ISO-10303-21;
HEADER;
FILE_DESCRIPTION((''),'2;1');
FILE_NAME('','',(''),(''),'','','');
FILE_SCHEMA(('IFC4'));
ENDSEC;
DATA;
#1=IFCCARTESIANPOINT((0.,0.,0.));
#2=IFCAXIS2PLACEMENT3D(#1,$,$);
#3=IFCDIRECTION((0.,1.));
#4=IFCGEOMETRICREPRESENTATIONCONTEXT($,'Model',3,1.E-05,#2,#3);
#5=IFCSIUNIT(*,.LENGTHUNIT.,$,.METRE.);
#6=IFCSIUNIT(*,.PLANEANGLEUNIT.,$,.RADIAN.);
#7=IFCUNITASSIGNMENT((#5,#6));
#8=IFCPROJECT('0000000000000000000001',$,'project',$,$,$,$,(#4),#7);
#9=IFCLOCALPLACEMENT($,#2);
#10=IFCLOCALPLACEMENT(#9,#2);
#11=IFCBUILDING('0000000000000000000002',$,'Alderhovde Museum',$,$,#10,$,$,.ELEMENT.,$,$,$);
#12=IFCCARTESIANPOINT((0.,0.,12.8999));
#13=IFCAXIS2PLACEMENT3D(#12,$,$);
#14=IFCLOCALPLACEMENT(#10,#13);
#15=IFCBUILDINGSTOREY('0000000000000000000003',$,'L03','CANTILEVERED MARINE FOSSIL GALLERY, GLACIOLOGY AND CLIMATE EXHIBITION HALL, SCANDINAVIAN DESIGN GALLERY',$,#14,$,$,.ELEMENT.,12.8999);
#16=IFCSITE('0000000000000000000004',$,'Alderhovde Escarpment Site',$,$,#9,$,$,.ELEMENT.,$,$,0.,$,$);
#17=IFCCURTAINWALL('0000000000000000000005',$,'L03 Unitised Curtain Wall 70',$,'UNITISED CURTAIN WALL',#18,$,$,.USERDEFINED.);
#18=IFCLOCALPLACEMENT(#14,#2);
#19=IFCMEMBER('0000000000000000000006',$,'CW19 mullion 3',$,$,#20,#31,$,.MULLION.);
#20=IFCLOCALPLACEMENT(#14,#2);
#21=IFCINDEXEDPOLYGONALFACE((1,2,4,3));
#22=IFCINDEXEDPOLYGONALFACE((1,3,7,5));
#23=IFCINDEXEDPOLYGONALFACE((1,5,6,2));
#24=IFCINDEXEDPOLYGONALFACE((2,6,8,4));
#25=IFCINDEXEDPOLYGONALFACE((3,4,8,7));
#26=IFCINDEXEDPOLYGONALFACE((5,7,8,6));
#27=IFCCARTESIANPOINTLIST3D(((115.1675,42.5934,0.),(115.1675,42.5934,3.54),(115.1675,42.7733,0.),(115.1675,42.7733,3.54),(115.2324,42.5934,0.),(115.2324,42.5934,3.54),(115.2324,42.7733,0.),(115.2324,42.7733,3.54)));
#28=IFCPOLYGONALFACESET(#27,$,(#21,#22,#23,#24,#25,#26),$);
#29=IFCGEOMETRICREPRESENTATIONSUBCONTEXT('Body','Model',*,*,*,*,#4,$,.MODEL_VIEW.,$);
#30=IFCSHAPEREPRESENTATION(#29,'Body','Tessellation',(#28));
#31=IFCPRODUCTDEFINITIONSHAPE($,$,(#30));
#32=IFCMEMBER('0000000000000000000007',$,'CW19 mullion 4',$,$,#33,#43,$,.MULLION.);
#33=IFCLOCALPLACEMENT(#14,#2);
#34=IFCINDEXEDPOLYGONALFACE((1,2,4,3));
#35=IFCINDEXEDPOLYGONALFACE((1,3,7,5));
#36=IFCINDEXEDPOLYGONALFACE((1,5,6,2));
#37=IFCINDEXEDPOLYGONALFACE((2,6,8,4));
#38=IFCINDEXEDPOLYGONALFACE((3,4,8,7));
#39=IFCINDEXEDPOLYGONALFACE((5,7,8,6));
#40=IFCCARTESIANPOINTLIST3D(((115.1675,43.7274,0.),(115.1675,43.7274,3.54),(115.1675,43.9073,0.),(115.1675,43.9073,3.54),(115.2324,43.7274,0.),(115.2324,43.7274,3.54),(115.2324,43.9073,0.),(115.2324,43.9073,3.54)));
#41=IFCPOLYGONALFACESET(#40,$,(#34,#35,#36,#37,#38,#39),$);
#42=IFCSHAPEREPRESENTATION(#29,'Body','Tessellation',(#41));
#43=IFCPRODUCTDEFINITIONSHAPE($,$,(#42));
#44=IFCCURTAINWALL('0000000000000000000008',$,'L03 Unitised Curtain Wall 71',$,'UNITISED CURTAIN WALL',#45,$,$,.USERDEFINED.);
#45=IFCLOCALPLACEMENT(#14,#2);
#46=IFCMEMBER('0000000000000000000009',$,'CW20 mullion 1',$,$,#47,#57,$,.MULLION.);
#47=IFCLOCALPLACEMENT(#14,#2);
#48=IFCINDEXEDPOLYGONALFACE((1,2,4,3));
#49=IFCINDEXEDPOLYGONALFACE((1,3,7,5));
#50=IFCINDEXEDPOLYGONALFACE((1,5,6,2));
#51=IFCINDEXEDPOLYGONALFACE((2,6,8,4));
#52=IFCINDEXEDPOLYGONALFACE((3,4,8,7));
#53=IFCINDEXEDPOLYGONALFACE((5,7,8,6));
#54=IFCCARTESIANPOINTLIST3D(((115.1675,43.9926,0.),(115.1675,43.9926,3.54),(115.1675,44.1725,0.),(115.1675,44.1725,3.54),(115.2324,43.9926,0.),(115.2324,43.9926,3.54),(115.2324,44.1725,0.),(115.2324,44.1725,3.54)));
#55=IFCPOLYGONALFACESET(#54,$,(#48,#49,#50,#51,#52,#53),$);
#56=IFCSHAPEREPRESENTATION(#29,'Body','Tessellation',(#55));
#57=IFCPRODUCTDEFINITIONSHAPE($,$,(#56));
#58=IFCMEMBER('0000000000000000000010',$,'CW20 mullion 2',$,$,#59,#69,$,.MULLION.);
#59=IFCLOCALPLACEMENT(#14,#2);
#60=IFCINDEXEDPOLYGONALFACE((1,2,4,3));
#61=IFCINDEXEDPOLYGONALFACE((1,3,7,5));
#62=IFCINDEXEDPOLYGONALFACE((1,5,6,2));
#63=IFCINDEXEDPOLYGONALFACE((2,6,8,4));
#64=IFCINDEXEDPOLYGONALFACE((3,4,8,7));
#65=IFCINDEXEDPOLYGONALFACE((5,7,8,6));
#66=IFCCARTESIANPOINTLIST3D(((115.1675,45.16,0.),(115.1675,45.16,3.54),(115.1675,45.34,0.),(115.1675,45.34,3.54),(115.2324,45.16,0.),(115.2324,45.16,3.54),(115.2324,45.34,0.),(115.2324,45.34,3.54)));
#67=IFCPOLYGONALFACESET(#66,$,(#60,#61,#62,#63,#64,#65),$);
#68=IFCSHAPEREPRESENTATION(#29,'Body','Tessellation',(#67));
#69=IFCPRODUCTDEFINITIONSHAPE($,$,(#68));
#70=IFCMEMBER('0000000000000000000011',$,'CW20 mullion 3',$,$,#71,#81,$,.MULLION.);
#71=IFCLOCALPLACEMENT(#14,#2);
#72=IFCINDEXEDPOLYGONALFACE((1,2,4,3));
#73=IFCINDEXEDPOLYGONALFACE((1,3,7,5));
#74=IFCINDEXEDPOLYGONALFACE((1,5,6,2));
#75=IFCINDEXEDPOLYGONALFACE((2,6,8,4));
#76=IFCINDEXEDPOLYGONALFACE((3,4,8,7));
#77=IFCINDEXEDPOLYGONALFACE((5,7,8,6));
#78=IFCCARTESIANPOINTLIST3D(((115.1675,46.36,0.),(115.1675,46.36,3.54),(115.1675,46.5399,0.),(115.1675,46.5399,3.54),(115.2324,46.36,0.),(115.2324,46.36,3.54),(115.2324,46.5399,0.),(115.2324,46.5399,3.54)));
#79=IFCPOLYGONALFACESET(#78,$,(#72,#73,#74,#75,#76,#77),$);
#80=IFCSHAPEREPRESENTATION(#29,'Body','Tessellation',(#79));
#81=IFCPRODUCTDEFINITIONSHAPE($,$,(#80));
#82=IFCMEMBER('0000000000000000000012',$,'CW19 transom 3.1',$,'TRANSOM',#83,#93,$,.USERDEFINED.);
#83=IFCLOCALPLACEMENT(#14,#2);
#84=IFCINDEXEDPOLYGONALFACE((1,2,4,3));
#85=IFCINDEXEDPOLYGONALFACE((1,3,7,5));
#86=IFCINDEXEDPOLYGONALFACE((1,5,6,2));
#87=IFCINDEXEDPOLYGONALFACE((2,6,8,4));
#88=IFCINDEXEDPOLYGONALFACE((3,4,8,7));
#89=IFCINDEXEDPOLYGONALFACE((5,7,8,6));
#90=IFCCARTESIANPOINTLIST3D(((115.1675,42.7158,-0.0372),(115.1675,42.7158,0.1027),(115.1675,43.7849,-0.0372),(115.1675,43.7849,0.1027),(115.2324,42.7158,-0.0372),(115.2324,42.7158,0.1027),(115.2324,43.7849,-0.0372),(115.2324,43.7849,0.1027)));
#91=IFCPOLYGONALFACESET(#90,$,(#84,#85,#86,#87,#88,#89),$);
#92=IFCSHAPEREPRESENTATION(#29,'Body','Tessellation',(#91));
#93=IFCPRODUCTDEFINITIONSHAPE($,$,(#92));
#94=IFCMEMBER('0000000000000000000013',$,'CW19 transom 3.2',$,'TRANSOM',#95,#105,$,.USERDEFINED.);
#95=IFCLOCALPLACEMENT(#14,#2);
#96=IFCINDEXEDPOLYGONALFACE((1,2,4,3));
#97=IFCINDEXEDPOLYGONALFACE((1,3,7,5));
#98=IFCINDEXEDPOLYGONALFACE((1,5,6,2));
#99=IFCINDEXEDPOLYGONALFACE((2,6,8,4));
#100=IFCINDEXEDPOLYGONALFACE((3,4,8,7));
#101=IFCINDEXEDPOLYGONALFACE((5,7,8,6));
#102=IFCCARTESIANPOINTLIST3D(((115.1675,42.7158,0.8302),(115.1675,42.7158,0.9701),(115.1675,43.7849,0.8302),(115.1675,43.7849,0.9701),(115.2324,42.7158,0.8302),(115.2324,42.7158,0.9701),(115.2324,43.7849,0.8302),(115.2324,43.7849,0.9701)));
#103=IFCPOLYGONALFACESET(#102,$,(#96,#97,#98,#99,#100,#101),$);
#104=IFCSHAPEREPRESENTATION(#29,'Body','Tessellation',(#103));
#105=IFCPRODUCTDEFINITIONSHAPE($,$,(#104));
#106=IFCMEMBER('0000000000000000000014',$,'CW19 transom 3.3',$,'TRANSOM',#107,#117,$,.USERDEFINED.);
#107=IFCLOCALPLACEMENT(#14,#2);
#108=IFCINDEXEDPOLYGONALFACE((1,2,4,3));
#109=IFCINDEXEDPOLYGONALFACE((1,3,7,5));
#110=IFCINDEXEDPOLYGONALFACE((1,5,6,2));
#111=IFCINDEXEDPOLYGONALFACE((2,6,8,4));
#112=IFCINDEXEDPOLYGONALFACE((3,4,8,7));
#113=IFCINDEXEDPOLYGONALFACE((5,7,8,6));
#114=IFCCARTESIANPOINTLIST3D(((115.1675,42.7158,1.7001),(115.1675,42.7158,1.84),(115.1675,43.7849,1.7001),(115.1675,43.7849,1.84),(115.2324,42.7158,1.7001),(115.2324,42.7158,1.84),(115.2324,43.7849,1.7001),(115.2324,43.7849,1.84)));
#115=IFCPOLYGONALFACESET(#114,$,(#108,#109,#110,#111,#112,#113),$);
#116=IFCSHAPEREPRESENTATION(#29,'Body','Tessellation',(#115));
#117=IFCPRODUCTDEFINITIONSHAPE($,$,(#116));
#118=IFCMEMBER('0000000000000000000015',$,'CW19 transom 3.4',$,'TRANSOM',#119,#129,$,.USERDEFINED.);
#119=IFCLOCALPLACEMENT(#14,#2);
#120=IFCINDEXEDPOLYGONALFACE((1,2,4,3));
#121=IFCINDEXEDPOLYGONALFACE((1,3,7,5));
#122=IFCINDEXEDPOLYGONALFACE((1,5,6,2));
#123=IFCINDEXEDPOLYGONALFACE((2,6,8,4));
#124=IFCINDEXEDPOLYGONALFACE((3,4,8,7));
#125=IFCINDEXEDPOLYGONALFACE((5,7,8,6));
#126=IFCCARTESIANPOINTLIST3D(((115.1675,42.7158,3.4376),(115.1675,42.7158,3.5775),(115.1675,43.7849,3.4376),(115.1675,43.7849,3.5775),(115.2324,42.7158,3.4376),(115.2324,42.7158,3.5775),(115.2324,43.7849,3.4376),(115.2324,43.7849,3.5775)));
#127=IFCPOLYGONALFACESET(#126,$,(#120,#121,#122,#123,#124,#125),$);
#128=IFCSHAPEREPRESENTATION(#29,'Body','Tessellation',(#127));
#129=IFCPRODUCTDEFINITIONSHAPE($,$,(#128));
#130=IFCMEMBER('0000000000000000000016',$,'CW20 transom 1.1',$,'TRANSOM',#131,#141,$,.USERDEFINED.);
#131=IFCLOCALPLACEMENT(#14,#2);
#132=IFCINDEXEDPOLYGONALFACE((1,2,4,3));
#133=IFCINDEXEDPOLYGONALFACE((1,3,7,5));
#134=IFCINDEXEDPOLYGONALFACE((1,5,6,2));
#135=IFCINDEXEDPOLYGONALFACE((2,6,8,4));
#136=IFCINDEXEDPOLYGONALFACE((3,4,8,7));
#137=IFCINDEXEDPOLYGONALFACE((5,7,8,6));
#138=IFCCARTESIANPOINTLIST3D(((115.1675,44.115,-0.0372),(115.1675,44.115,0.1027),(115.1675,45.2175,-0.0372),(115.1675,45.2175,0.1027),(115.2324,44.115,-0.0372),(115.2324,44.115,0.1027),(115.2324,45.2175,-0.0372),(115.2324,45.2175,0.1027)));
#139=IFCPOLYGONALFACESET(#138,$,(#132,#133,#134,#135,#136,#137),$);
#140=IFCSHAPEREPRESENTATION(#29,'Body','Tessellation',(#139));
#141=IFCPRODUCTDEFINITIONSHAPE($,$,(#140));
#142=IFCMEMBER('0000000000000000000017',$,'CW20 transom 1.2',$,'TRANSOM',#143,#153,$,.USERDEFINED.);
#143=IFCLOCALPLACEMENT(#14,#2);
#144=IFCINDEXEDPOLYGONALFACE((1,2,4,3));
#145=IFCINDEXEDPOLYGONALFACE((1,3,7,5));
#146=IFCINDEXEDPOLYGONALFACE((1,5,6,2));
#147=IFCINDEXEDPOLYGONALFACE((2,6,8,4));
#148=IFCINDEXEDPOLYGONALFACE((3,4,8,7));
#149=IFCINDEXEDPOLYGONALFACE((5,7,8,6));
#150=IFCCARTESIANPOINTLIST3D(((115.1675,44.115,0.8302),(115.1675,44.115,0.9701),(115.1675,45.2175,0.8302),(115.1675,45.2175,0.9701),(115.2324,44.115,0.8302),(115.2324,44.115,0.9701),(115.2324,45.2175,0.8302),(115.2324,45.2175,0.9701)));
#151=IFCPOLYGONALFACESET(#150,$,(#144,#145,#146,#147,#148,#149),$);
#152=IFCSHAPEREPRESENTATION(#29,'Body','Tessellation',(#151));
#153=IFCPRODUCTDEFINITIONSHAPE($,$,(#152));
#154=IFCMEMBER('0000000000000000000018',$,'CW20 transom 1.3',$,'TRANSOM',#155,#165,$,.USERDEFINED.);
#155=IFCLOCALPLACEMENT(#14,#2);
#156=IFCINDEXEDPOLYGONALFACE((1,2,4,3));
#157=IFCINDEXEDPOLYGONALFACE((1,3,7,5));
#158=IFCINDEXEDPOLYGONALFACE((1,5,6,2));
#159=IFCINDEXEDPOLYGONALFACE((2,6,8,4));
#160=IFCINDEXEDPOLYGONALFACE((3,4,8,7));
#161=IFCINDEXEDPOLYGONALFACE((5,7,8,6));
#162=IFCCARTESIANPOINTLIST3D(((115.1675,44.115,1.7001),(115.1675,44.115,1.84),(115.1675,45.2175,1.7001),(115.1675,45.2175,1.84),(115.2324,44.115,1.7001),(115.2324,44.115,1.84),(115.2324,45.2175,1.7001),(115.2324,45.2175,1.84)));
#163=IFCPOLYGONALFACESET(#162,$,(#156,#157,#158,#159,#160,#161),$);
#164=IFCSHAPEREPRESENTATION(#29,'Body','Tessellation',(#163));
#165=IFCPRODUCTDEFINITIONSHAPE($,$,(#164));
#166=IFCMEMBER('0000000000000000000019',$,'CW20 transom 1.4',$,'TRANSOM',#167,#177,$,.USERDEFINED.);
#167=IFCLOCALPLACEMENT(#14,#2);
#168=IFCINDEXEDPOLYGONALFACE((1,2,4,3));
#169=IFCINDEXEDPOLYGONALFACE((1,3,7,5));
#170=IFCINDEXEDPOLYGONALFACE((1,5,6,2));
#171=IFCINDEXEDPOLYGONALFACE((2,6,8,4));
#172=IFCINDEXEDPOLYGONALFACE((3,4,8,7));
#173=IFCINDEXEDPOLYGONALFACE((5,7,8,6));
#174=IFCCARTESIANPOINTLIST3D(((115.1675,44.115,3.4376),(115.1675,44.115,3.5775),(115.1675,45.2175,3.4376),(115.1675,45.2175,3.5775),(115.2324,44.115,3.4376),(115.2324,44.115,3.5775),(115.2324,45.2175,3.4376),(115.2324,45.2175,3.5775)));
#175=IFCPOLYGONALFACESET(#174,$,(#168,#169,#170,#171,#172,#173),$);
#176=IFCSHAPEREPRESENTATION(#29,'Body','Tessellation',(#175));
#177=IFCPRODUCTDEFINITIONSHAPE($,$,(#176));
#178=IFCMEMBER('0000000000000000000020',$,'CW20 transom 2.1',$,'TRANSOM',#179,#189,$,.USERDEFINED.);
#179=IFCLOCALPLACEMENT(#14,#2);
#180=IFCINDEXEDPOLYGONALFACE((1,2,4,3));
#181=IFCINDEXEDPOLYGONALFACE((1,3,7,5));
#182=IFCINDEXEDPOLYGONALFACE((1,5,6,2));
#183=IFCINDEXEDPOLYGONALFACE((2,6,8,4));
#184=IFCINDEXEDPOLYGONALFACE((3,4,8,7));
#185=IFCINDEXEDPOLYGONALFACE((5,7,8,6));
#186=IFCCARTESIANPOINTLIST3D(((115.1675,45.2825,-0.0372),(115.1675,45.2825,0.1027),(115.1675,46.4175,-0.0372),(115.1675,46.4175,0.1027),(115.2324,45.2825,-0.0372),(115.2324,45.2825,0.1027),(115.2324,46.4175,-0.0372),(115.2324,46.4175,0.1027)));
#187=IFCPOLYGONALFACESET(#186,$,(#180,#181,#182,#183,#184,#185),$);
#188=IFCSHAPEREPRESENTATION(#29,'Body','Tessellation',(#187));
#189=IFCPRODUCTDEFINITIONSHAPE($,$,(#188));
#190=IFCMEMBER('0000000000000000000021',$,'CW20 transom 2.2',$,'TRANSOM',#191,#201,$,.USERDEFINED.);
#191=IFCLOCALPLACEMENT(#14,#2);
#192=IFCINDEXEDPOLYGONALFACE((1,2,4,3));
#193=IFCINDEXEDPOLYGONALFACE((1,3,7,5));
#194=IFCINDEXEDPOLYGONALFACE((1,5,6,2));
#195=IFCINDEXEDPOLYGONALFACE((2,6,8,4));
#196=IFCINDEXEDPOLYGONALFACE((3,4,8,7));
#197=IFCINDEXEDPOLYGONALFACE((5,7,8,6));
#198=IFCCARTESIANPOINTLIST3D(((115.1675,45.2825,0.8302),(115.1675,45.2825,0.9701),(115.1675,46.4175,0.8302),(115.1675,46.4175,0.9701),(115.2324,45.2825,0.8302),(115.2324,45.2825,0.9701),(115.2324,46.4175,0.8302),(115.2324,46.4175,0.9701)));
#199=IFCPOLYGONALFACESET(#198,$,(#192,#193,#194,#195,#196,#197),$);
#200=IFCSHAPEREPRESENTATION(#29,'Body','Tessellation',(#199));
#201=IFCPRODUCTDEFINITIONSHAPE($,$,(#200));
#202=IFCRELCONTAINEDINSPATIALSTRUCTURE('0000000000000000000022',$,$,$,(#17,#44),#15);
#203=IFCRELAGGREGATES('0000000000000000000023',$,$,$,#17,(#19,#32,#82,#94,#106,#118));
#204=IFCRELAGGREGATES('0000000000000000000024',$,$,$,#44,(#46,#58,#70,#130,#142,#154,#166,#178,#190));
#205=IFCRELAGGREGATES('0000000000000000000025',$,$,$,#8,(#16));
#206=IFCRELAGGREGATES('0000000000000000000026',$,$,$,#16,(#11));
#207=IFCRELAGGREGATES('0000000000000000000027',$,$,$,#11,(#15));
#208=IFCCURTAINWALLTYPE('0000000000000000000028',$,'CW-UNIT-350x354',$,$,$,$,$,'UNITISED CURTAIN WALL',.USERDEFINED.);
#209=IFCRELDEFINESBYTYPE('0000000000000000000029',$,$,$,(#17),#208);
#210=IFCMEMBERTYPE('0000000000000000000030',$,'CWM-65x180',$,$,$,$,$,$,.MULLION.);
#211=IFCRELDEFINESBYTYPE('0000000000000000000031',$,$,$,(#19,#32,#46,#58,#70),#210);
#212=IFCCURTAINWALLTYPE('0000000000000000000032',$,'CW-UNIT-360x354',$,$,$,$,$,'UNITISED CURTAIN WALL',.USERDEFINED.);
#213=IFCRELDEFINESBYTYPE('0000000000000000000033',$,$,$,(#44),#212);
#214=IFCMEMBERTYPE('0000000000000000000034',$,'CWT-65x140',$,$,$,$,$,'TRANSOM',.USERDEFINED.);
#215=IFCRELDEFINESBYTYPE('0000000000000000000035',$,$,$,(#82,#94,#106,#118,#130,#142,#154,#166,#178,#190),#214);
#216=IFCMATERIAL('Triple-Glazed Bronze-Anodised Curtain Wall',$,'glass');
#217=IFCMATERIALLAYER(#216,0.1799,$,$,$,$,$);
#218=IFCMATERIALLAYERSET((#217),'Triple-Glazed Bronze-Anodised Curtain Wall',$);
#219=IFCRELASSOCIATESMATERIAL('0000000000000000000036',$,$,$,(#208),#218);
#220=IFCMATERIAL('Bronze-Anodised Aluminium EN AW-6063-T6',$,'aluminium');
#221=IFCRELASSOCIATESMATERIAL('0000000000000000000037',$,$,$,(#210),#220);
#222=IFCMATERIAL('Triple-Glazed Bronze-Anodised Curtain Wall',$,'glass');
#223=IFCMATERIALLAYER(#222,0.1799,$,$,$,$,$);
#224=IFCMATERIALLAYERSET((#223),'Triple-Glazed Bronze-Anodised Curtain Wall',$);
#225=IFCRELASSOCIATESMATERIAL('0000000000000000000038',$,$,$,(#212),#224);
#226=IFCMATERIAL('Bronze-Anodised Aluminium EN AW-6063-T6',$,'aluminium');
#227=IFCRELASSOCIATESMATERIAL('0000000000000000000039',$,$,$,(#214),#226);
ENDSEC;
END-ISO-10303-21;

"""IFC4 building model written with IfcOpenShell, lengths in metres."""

from ifc_helpers import new_model, si_unit, direction, frame, origin, origin_2d, place, context, subcontext, project, spatial, rectangle, extrude, material, layer, layer_set, material_profile, profile_set, type_object, element, aggregate, save


model = new_model("IFC4")

# Units and contexts
model_context = context("Model", 3, precision=1e-05, world=origin(), true_north=direction((0.0, 1.0)))
body_context = subcontext(model_context, "Body", "Model", "MODEL_VIEW")
ifc_project = project(units=[si_unit("LENGTHUNIT", "METRE"), si_unit("PLANEANGLEUNIT", "RADIAN")], contexts=[model_context])

# Site, building, storey
site_placement = place(None, origin())
site = spatial("IfcSite", under=ifc_project, at=site_placement, Name="Alderhovde Escarpment Site", CompositionType="ELEMENT", RefElevation=0.0)
building_placement = place(site_placement, origin())
building = spatial("IfcBuilding", under=site, at=building_placement, Name="Alderhovde Museum", CompositionType="ELEMENT")
storey_placement = place(building_placement, frame((0.0, 0.0, 12.8999)))
storey = spatial("IfcBuildingStorey", under=building, at=storey_placement, Name="L03", Description="CANTILEVERED MARINE FOSSIL GALLERY, GLACIOLOGY AND CLIMATE EXHIBITION HALL, SCANDINAVIAN DESIGN GALLERY", CompositionType="ELEMENT", Elevation=12.8999)

# Curtain walls, members
ifc_material_1 = material(Name="Triple-Glazed Bronze-Anodised Curtain Wall", Category="glass")
ifc_layer_1 = layer(ifc_material_1, 0.1799)
ifc_layer_set_1 = layer_set([ifc_layer_1], Name="Triple-Glazed Bronze-Anodised Curtain Wall")
curtain_wall_type_1 = type_object("IfcCurtainWallType", Name="CW-UNIT-350x354", ElementType="UNITISED CURTAIN WALL", PredefinedType="USERDEFINED", material=ifc_layer_set_1)
curtain_wall_1_placement = place(storey_placement, origin())
curtain_wall_1 = element("IfcCurtainWall", 1, at=curtain_wall_1_placement, inside=storey, type_object=curtain_wall_type_1, Name="L03 Unitised Curtain Wall 70", ObjectType="UNITISED CURTAIN WALL", PredefinedType="USERDEFINED")
ifc_material_2 = material(Name="Bronze-Anodised Aluminium EN AW-6063-T6", Category="aluminium")
ifc_material_profile_1 = material_profile(ifc_material_2, rectangle(XDim=0.0649, YDim=0.1799, at=origin_2d()), Name="MULLION 65x180")
ifc_profile_set_1 = profile_set([ifc_material_profile_1], Name="Bronze-Anodised Aluminium EN AW-6063-T6")
member_type_1 = type_object("IfcMemberType", Name="CWM-65x180", PredefinedType="MULLION", material=ifc_profile_set_1)
member_1_placement = place(storey_placement, frame((115.2, 42.6833, 0.0), z_axis=(0.0, 0.0, 1.0), x_axis=(-1.0, 0.0, 0.0)))
member_1 = element("IfcMember", 2, at=member_1_placement, type_object=member_type_1, Name="CW19 mullion 3", PredefinedType="MULLION", context=body_context, shape_type="SweptSolid", body=[
    extrude(rectangle(XDim=0.0649, YDim=0.1799, at=origin_2d()), origin(), (0.0, 0.0, 1.0), 3.54),
])
member_2_placement = place(storey_placement, frame((115.2, 43.8174, 0.0), z_axis=(0.0, 0.0, 1.0), x_axis=(-1.0, 0.0, 0.0)))
member_2 = element("IfcMember", 3, at=member_2_placement, type_object=member_type_1, Name="CW19 mullion 4", PredefinedType="MULLION", context=body_context, shape_type="SweptSolid", body=[
    extrude(rectangle(XDim=0.0649, YDim=0.1799, at=origin_2d()), origin(), (0.0, 0.0, 1.0), 3.54),
])
ifc_material_3 = material(Name="Triple-Glazed Bronze-Anodised Curtain Wall", Category="glass")
ifc_layer_2 = layer(ifc_material_3, 0.1799)
ifc_layer_set_2 = layer_set([ifc_layer_2], Name="Triple-Glazed Bronze-Anodised Curtain Wall")
curtain_wall_type_2 = type_object("IfcCurtainWallType", Name="CW-UNIT-360x354", ElementType="UNITISED CURTAIN WALL", PredefinedType="USERDEFINED", material=ifc_layer_set_2)
curtain_wall_2_placement = place(storey_placement, origin())
curtain_wall_2 = element("IfcCurtainWall", 4, at=curtain_wall_2_placement, inside=storey, type_object=curtain_wall_type_2, Name="L03 Unitised Curtain Wall 71", ObjectType="UNITISED CURTAIN WALL", PredefinedType="USERDEFINED")
member_3_placement = place(storey_placement, frame((115.2, 44.0825, 0.0), z_axis=(0.0, 0.0, 1.0), x_axis=(-1.0, 0.0, 0.0)))
member_3 = element("IfcMember", 5, at=member_3_placement, type_object=member_type_1, Name="CW20 mullion 1", PredefinedType="MULLION", context=body_context, shape_type="SweptSolid", body=[
    extrude(rectangle(XDim=0.0649, YDim=0.1799, at=origin_2d()), origin(), (0.0, 0.0, 1.0), 3.54),
])
member_4_placement = place(storey_placement, frame((115.2, 45.25, 0.0), z_axis=(0.0, 0.0, 1.0), x_axis=(-1.0, 0.0, 0.0)))
member_4 = element("IfcMember", 6, at=member_4_placement, type_object=member_type_1, Name="CW20 mullion 2", PredefinedType="MULLION", context=body_context, shape_type="SweptSolid", body=[
    extrude(rectangle(XDim=0.0649, YDim=0.1799, at=origin_2d()), origin(), (0.0, 0.0, 1.0), 3.54),
])
member_5_placement = place(storey_placement, frame((115.2, 46.45, 0.0), z_axis=(0.0, 0.0, 1.0), x_axis=(-1.0, 0.0, 0.0)))
member_5 = element("IfcMember", 7, at=member_5_placement, type_object=member_type_1, Name="CW20 mullion 3", PredefinedType="MULLION", context=body_context, shape_type="SweptSolid", body=[
    extrude(rectangle(XDim=0.0649, YDim=0.1799, at=origin_2d()), origin(), (0.0, 0.0, 1.0), 3.54),
])

# Members
ifc_material_4 = material(Name="Bronze-Anodised Aluminium EN AW-6063-T6", Category="aluminium")
ifc_material_profile_2 = material_profile(ifc_material_4, rectangle(XDim=0.0649, YDim=0.1399, at=origin_2d()), Name="TRANSOM 65x140")
ifc_profile_set_2 = profile_set([ifc_material_profile_2], Name="Bronze-Anodised Aluminium EN AW-6063-T6")
member_type_2 = type_object("IfcMemberType", Name="CWT-65x140", ElementType="TRANSOM", PredefinedType="USERDEFINED", material=ifc_profile_set_2)
member_6_placement = place(storey_placement, frame((115.2, 42.7158, 0.0327), z_axis=(0.0, 1.0, 0.0), x_axis=(-1.0, 0.0, 0.0)))
member_6 = element("IfcMember", 8, at=member_6_placement, type_object=member_type_2, Name="CW19 transom 3.1", ObjectType="TRANSOM", PredefinedType="USERDEFINED", context=body_context, shape_type="SweptSolid", body=[
    extrude(rectangle(XDim=0.0649, YDim=0.1399, at=origin_2d()), origin(), (0.0, 0.0, 1.0), 1.0691),
])
member_7_placement = place(storey_placement, frame((115.2, 42.7158, 0.9001), z_axis=(0.0, 1.0, 0.0), x_axis=(-1.0, 0.0, 0.0)))
member_7 = element("IfcMember", 9, at=member_7_placement, type_object=member_type_2, Name="CW19 transom 3.2", ObjectType="TRANSOM", PredefinedType="USERDEFINED", context=body_context, shape_type="SweptSolid", body=[
    extrude(rectangle(XDim=0.0649, YDim=0.1399, at=origin_2d()), origin(), (0.0, 0.0, 1.0), 1.0691),
])
member_8_placement = place(storey_placement, frame((115.2, 42.7158, 1.77), z_axis=(0.0, 1.0, 0.0), x_axis=(-1.0, 0.0, 0.0)))
member_8 = element("IfcMember", 10, at=member_8_placement, type_object=member_type_2, Name="CW19 transom 3.3", ObjectType="TRANSOM", PredefinedType="USERDEFINED", context=body_context, shape_type="SweptSolid", body=[
    extrude(rectangle(XDim=0.0649, YDim=0.1399, at=origin_2d()), origin(), (0.0, 0.0, 1.0), 1.0691),
])
member_9_placement = place(storey_placement, frame((115.2, 42.7158, 3.5076), z_axis=(0.0, 1.0, 0.0), x_axis=(-1.0, 0.0, 0.0)))
member_9 = element("IfcMember", 11, at=member_9_placement, type_object=member_type_2, Name="CW19 transom 3.4", ObjectType="TRANSOM", PredefinedType="USERDEFINED", context=body_context, shape_type="SweptSolid", body=[
    extrude(rectangle(XDim=0.0649, YDim=0.1399, at=origin_2d()), origin(), (0.0, 0.0, 1.0), 1.0691),
])
member_10_placement = place(storey_placement, frame((115.2, 44.115, 0.0327), z_axis=(0.0, 1.0, 0.0), x_axis=(-1.0, 0.0, 0.0)))
member_10 = element("IfcMember", 12, at=member_10_placement, type_object=member_type_2, Name="CW20 transom 1.1", ObjectType="TRANSOM", PredefinedType="USERDEFINED", context=body_context, shape_type="SweptSolid", body=[
    extrude(rectangle(XDim=0.0649, YDim=0.1399, at=origin_2d()), origin(), (0.0, 0.0, 1.0), 1.1025),
])
member_11_placement = place(storey_placement, frame((115.2, 44.115, 0.9001), z_axis=(0.0, 1.0, 0.0), x_axis=(-1.0, 0.0, 0.0)))
member_11 = element("IfcMember", 13, at=member_11_placement, type_object=member_type_2, Name="CW20 transom 1.2", ObjectType="TRANSOM", PredefinedType="USERDEFINED", context=body_context, shape_type="SweptSolid", body=[
    extrude(rectangle(XDim=0.0649, YDim=0.1399, at=origin_2d()), origin(), (0.0, 0.0, 1.0), 1.1025),
])
member_12_placement = place(storey_placement, frame((115.2, 44.115, 1.77), z_axis=(0.0, 1.0, 0.0), x_axis=(-1.0, 0.0, 0.0)))
member_12 = element("IfcMember", 14, at=member_12_placement, type_object=member_type_2, Name="CW20 transom 1.3", ObjectType="TRANSOM", PredefinedType="USERDEFINED", context=body_context, shape_type="SweptSolid", body=[
    extrude(rectangle(XDim=0.0649, YDim=0.1399, at=origin_2d()), origin(), (0.0, 0.0, 1.0), 1.1025),
])
member_13_placement = place(storey_placement, frame((115.2, 44.115, 3.5076), z_axis=(0.0, 1.0, 0.0), x_axis=(-1.0, 0.0, 0.0)))
member_13 = element("IfcMember", 15, at=member_13_placement, type_object=member_type_2, Name="CW20 transom 1.4", ObjectType="TRANSOM", PredefinedType="USERDEFINED", context=body_context, shape_type="SweptSolid", body=[
    extrude(rectangle(XDim=0.0649, YDim=0.1399, at=origin_2d()), origin(), (0.0, 0.0, 1.0), 1.1025),
])
member_14_placement = place(storey_placement, frame((115.2, 45.2825, 0.0327), z_axis=(0.0, 1.0, 0.0), x_axis=(-1.0, 0.0, 0.0)))
member_14 = element("IfcMember", 16, at=member_14_placement, type_object=member_type_2, Name="CW20 transom 2.1", ObjectType="TRANSOM", PredefinedType="USERDEFINED", context=body_context, shape_type="SweptSolid", body=[
    extrude(rectangle(XDim=0.0649, YDim=0.1399, at=origin_2d()), origin(), (0.0, 0.0, 1.0), 1.135),
])
member_15_placement = place(storey_placement, frame((115.2, 45.2825, 0.9001), z_axis=(0.0, 1.0, 0.0), x_axis=(-1.0, 0.0, 0.0)))
member_15 = element("IfcMember", 17, at=member_15_placement, type_object=member_type_2, Name="CW20 transom 2.2", ObjectType="TRANSOM", PredefinedType="USERDEFINED", context=body_context, shape_type="SweptSolid", body=[
    extrude(rectangle(XDim=0.0649, YDim=0.1399, at=origin_2d()), origin(), (0.0, 0.0, 1.0), 1.135),
])

aggregate(curtain_wall_1, [member_1, member_2, member_6, member_7, member_8, member_9])
aggregate(curtain_wall_2, [member_3, member_4, member_5, member_10, member_11, member_12, member_13, member_14, member_15])

save(model, "model.ifc")
